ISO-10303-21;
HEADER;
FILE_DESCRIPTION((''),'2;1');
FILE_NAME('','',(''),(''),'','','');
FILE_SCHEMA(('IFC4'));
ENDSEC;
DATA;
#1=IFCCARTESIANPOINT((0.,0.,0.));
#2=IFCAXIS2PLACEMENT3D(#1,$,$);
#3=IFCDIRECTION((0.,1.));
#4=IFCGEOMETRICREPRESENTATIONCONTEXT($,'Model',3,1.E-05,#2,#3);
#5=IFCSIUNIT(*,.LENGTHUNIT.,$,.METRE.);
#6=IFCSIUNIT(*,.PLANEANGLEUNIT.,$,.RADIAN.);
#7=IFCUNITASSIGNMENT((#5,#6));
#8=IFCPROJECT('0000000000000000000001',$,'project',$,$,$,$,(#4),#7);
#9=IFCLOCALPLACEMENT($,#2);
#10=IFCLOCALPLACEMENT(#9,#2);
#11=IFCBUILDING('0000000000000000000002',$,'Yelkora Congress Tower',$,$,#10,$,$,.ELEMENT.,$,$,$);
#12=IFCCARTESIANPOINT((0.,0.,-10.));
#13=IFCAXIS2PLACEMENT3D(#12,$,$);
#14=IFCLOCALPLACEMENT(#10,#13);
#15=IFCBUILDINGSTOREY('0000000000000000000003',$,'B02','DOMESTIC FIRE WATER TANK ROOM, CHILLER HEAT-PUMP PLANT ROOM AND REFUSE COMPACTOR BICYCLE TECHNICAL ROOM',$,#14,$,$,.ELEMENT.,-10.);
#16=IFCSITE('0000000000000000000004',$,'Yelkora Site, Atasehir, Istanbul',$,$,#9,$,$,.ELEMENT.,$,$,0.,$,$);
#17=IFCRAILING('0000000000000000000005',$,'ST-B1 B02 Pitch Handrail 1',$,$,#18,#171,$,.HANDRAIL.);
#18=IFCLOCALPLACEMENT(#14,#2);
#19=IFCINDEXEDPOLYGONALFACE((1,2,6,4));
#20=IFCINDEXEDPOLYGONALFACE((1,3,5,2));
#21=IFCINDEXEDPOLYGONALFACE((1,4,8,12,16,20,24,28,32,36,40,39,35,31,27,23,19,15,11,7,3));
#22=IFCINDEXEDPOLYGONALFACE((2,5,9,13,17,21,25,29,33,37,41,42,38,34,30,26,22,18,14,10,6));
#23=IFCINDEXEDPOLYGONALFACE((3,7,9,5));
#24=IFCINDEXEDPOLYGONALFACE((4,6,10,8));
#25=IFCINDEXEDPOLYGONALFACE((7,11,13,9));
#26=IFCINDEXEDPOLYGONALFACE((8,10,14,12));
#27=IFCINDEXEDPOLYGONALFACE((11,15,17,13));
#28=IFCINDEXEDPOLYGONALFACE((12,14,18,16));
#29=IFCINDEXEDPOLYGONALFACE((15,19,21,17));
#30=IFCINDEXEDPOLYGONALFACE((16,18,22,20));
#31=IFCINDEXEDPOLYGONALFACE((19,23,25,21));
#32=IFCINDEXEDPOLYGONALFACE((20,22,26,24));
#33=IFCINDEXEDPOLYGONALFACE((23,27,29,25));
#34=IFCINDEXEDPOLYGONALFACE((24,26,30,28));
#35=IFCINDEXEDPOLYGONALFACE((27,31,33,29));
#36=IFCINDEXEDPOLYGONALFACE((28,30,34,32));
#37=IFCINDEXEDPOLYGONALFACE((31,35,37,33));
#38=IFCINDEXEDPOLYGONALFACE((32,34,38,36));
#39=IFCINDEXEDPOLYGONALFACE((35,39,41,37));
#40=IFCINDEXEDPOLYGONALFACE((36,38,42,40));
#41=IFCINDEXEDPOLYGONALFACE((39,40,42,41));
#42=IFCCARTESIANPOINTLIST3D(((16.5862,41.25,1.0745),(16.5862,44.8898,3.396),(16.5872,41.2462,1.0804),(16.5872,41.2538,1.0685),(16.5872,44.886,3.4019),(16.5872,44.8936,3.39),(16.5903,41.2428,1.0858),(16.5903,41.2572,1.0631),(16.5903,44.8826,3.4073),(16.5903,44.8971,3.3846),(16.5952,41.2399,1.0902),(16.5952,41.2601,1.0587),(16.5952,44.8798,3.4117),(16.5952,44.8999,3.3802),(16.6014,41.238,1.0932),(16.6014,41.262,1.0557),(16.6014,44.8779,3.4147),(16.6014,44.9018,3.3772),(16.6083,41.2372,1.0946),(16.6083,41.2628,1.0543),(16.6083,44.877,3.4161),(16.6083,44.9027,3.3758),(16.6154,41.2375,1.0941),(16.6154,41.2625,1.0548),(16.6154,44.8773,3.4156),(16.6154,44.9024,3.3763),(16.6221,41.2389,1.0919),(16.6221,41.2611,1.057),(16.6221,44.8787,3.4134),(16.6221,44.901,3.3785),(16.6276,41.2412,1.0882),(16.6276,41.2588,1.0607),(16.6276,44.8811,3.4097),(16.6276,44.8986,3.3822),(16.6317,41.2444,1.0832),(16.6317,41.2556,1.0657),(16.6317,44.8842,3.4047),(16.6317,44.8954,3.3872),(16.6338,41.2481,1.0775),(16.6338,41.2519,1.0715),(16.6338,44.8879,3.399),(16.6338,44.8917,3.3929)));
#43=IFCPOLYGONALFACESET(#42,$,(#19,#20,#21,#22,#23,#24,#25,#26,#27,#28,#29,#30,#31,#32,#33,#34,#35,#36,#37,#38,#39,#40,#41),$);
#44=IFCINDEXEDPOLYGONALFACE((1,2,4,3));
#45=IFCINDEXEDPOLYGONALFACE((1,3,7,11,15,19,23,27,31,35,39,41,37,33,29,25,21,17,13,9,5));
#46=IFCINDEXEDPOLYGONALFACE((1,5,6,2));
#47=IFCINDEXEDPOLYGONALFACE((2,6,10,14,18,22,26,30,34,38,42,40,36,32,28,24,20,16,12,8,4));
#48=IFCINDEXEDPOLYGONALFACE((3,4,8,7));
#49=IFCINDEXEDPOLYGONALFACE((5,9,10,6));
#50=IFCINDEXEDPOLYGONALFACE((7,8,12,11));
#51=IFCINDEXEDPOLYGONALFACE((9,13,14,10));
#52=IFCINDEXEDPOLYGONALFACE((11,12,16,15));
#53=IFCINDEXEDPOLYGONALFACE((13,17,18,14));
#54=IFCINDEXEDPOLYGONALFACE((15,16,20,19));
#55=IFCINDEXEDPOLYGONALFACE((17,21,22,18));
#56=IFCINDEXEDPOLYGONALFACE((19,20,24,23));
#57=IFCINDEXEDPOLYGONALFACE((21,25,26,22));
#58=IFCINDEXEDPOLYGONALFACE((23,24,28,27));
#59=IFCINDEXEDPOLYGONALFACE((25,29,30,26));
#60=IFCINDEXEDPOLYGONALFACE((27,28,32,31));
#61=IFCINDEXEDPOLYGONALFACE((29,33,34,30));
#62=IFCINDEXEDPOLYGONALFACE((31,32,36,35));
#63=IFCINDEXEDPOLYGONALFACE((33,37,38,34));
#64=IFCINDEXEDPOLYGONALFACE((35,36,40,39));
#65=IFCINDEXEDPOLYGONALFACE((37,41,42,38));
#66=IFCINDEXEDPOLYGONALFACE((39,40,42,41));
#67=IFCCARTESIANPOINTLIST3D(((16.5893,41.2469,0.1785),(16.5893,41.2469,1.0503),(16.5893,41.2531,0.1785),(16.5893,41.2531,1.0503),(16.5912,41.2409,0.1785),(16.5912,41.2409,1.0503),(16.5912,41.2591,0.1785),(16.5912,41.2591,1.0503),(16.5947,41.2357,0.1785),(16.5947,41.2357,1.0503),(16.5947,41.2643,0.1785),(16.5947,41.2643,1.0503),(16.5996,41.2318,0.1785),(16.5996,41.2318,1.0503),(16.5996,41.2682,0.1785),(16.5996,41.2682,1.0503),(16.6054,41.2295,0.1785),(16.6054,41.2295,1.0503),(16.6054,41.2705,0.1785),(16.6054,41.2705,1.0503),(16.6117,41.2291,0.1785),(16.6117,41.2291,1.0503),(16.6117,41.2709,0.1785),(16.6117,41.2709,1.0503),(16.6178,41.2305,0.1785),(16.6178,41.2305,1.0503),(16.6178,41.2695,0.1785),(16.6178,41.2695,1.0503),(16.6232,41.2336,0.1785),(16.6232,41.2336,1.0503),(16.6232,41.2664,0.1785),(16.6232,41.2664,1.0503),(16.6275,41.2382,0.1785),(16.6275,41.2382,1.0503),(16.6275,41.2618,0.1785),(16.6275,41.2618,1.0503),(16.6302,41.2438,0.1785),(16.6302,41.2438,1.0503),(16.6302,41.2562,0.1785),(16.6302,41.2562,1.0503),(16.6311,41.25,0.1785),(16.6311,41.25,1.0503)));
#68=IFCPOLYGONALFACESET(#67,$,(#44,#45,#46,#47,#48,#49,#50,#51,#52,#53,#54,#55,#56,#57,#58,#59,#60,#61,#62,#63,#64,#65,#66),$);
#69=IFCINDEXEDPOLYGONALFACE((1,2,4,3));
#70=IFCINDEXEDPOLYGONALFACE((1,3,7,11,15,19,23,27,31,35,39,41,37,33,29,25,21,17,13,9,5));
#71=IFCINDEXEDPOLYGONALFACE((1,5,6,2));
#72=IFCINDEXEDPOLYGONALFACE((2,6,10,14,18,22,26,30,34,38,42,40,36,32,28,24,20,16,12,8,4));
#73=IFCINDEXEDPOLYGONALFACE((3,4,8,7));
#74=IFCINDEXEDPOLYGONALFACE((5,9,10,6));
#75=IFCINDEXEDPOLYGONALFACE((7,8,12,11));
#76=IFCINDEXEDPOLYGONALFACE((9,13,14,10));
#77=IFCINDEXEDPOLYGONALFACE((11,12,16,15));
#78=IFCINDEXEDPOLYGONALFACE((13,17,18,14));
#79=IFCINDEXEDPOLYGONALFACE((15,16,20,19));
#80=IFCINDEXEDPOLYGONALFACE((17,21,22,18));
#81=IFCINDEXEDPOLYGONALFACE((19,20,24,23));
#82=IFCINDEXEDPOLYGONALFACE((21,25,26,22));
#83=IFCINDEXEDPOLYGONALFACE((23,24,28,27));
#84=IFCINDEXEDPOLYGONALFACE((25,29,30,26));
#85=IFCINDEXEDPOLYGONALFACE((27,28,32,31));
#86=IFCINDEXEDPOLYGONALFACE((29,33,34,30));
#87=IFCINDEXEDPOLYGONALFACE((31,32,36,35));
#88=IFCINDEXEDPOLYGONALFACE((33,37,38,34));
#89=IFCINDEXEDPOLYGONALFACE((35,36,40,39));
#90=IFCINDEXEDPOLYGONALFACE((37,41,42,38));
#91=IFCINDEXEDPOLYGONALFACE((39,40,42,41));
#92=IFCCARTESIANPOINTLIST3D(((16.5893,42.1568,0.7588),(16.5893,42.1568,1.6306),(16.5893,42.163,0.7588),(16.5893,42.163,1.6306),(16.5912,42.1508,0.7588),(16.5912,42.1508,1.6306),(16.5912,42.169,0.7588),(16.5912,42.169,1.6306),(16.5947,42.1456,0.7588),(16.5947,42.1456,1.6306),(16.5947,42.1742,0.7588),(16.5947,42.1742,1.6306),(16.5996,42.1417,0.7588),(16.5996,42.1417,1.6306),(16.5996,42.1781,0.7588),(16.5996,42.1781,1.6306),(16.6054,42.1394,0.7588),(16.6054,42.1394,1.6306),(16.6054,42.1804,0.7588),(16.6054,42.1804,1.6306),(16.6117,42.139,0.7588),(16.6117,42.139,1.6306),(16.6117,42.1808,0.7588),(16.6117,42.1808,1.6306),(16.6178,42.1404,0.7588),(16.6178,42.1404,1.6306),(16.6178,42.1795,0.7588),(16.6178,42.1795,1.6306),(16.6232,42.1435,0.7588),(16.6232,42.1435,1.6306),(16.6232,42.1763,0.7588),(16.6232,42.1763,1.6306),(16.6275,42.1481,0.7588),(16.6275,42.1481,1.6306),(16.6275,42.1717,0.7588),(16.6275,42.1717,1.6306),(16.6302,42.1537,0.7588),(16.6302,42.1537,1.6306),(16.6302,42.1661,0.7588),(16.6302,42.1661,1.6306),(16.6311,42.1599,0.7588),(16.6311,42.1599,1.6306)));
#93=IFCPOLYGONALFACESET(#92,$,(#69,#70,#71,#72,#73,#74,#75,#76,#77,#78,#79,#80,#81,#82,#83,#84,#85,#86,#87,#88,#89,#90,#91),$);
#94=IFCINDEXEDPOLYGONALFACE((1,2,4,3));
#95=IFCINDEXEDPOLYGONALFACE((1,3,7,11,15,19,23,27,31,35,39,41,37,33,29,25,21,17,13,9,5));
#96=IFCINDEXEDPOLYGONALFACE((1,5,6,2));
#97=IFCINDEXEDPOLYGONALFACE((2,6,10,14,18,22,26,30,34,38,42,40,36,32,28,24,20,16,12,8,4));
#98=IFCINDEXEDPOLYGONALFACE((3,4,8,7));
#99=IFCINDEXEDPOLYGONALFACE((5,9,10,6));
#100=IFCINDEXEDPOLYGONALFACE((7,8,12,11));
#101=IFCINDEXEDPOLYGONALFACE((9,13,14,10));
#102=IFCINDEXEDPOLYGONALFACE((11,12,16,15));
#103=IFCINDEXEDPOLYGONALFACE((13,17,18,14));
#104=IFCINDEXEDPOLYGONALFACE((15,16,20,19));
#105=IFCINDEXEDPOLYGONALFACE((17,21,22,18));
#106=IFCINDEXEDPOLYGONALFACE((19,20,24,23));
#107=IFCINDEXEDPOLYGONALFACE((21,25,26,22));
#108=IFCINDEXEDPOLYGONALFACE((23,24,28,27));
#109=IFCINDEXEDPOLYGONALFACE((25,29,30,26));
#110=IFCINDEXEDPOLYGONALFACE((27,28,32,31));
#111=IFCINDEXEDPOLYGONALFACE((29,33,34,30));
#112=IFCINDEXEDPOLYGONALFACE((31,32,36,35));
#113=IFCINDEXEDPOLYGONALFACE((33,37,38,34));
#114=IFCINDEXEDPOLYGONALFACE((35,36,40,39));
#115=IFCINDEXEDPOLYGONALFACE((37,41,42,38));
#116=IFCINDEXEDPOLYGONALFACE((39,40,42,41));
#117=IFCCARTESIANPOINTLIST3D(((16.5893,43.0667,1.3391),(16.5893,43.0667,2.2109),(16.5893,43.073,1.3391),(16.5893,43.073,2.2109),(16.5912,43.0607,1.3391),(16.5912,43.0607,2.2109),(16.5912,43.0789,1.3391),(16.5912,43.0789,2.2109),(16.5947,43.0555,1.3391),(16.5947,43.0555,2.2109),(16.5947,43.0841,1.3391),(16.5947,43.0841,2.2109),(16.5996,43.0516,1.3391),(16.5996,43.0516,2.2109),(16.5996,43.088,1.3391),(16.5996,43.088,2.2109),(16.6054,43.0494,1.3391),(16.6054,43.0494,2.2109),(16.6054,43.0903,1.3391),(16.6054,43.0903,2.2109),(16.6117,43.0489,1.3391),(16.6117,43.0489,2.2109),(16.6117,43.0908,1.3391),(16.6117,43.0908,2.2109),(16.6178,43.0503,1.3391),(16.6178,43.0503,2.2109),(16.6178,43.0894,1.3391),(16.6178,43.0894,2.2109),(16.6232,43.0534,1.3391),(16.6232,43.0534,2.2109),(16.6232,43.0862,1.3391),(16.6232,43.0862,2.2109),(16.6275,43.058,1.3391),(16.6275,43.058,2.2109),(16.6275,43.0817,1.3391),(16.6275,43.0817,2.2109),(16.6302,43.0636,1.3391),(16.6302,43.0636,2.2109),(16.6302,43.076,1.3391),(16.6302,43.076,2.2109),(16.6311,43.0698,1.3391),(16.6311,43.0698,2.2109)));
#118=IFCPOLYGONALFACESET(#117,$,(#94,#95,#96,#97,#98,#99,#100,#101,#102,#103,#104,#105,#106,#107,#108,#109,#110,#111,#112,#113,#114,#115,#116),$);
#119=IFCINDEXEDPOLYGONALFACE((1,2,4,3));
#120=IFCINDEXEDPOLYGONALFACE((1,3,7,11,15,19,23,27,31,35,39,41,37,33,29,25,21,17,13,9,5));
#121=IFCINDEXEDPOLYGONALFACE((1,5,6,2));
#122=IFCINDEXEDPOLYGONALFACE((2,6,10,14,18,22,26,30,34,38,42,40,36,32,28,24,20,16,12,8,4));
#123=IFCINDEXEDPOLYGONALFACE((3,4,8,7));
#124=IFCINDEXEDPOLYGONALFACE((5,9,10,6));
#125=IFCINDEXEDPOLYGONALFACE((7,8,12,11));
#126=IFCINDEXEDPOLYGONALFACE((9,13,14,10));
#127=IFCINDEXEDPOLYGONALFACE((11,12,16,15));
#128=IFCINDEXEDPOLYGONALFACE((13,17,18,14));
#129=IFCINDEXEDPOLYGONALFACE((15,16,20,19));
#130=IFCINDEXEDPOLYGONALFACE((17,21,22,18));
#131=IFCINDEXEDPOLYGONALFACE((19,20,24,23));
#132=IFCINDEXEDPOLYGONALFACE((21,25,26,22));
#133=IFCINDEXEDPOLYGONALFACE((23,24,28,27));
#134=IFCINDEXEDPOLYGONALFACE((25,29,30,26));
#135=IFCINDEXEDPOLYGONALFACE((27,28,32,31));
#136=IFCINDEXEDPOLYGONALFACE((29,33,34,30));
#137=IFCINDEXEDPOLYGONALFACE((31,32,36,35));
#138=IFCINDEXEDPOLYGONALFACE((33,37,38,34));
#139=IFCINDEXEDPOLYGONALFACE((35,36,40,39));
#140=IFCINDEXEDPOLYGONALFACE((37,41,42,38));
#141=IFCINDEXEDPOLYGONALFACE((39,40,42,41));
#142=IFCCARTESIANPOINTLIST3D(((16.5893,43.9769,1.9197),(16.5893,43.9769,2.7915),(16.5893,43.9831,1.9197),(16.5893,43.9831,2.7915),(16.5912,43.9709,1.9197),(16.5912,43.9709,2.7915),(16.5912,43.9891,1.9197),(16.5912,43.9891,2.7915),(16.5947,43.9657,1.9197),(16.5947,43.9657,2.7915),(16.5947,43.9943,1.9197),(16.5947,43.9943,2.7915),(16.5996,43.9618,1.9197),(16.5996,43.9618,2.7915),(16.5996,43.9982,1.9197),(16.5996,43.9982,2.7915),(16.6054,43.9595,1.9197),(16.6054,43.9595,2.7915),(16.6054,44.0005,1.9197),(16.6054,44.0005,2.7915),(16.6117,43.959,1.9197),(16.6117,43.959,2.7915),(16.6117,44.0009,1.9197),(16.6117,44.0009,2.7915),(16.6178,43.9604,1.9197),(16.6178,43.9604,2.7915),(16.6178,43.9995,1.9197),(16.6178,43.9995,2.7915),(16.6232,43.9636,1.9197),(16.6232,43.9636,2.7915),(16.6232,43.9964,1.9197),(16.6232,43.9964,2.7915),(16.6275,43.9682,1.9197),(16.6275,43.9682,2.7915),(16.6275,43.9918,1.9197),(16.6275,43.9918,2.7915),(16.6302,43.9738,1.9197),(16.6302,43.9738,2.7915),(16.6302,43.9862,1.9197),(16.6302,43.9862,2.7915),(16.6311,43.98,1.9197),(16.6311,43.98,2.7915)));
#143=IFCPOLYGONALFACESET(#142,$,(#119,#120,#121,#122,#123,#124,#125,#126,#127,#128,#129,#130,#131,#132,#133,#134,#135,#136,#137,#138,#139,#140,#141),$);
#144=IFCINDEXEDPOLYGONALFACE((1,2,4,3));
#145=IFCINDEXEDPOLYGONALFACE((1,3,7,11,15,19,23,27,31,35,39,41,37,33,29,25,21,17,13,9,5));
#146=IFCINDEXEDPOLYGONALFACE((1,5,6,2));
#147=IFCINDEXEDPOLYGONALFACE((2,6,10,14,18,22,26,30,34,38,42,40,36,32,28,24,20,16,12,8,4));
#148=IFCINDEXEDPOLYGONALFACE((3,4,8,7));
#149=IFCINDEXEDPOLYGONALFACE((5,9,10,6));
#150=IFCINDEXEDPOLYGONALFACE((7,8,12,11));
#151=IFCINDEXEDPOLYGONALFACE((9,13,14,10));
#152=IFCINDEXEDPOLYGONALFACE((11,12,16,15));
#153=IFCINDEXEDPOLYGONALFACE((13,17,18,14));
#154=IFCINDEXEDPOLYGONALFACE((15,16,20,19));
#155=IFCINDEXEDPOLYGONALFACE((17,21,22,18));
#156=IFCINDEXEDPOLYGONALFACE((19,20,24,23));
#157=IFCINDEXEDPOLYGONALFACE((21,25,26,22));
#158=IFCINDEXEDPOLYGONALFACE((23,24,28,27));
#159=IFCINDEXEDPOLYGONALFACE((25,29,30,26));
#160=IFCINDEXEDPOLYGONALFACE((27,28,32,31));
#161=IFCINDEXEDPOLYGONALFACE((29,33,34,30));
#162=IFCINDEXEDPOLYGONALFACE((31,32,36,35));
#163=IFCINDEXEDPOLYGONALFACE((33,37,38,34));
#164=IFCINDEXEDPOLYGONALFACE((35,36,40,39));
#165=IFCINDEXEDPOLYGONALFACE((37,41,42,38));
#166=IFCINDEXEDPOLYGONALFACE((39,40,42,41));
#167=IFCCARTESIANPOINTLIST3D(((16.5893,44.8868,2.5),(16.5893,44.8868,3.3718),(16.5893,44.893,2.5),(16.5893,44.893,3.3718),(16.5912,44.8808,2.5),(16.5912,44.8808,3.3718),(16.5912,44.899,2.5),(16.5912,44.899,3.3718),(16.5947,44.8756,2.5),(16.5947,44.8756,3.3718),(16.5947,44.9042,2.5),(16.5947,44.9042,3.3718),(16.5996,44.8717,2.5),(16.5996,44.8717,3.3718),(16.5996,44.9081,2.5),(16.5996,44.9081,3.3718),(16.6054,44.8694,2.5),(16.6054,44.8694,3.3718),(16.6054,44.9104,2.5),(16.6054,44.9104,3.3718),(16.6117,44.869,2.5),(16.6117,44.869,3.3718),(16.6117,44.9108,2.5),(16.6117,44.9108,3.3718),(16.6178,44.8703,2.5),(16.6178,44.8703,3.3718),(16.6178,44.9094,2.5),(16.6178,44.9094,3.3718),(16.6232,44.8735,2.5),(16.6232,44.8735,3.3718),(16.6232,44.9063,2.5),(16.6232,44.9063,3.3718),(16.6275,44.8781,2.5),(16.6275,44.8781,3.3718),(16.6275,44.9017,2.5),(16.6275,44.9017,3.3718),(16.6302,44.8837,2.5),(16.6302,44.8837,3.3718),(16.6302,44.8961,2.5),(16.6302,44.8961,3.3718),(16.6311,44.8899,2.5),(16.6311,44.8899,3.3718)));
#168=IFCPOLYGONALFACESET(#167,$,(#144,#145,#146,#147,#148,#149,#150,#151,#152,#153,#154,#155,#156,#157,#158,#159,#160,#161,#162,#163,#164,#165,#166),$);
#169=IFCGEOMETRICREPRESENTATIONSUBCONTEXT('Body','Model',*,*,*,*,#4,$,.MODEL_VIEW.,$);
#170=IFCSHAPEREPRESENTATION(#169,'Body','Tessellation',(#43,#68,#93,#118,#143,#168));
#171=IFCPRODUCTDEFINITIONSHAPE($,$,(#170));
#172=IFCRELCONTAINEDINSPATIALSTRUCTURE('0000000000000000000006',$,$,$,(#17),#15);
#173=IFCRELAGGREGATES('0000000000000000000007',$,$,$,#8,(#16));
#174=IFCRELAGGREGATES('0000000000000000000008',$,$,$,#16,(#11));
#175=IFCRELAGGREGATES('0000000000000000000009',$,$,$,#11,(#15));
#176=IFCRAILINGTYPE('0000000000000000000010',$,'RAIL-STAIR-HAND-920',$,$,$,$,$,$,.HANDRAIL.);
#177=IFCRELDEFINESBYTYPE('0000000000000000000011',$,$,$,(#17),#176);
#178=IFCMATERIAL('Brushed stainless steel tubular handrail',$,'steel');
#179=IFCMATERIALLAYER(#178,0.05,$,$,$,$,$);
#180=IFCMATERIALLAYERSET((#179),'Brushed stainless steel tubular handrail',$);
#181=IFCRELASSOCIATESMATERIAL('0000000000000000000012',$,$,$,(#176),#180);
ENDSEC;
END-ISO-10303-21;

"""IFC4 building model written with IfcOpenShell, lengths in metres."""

from ifc_helpers import new_model, si_unit, direction, frame, origin, origin_2d, place, context, subcontext, project, spatial, circle, extrude, material, layer, layer_set, type_object, element, save


model = new_model("IFC4")

# Units and contexts
model_context = context("Model", 3, precision=1e-05, world=origin(), true_north=direction((0.0, 1.0)))
body_context = subcontext(model_context, "Body", "Model", "MODEL_VIEW")
ifc_project = project(units=[si_unit("LENGTHUNIT", "METRE"), si_unit("PLANEANGLEUNIT", "RADIAN")], contexts=[model_context])

# Site, building, storey
site_placement = place(None, origin())
site = spatial("IfcSite", under=ifc_project, at=site_placement, Name="Yelkora Site, Atasehir, Istanbul", CompositionType="ELEMENT", RefElevation=0.0)
building_placement = place(site_placement, origin())
building = spatial("IfcBuilding", under=site, at=building_placement, Name="Yelkora Congress Tower", CompositionType="ELEMENT")
storey_placement = place(building_placement, frame((0.0, 0.0, -10.0)))
storey = spatial("IfcBuildingStorey", under=building, at=storey_placement, Name="B02", Description="DOMESTIC FIRE WATER TANK ROOM, CHILLER HEAT-PUMP PLANT ROOM AND REFUSE COMPACTOR BICYCLE TECHNICAL ROOM", CompositionType="ELEMENT", Elevation=-10.0)

# Railing
ifc_material_1 = material(Name="Brushed stainless steel tubular handrail", Category="steel")
ifc_layer_1 = layer(ifc_material_1, 0.05)
ifc_layer_set_1 = layer_set([ifc_layer_1], Name="Brushed stainless steel tubular handrail")
railing_type_1 = type_object("IfcRailingType", Name="RAIL-STAIR-HAND-920", PredefinedType="HANDRAIL", material=ifc_layer_set_1)
railing_1_placement = place(storey_placement, frame((16.6101, 41.25, 0.1785)))
element("IfcRailing", 1, at=railing_1_placement, inside=storey, type_object=railing_type_1, Name="ST-B1 B02 Pitch Handrail 1", PredefinedType="HANDRAIL", context=body_context, shape_type="SweptSolid", body=[
    extrude(circle(Radius=0.0239, at=origin_2d()), frame((0.0, 0.0, 0.896), z_axis=(0.0, 0.843112, 0.537739), x_axis=(-1.0, 0.0, 0.0)), (0.0, 0.0, 1.0), 4.3171),
    extrude(circle(Radius=0.021, at=origin_2d()), origin(), (0.0, 0.0, 1.0), 0.8718),
    extrude(circle(Radius=0.021, at=origin_2d()), frame((0.0, 0.9099, 0.5803)), (0.0, 0.0, 1.0), 0.8718),
    extrude(circle(Radius=0.021, at=origin_2d()), frame((0.0, 1.8198, 1.1606)), (0.0, 0.0, 1.0), 0.8718),
    extrude(circle(Radius=0.021, at=origin_2d()), frame((0.0, 2.73, 1.7412)), (0.0, 0.0, 1.0), 0.8718),
    extrude(circle(Radius=0.021, at=origin_2d()), frame((0.0, 3.6399, 2.3215)), (0.0, 0.0, 1.0), 0.8718),
])

save(model, "model.ifc")
